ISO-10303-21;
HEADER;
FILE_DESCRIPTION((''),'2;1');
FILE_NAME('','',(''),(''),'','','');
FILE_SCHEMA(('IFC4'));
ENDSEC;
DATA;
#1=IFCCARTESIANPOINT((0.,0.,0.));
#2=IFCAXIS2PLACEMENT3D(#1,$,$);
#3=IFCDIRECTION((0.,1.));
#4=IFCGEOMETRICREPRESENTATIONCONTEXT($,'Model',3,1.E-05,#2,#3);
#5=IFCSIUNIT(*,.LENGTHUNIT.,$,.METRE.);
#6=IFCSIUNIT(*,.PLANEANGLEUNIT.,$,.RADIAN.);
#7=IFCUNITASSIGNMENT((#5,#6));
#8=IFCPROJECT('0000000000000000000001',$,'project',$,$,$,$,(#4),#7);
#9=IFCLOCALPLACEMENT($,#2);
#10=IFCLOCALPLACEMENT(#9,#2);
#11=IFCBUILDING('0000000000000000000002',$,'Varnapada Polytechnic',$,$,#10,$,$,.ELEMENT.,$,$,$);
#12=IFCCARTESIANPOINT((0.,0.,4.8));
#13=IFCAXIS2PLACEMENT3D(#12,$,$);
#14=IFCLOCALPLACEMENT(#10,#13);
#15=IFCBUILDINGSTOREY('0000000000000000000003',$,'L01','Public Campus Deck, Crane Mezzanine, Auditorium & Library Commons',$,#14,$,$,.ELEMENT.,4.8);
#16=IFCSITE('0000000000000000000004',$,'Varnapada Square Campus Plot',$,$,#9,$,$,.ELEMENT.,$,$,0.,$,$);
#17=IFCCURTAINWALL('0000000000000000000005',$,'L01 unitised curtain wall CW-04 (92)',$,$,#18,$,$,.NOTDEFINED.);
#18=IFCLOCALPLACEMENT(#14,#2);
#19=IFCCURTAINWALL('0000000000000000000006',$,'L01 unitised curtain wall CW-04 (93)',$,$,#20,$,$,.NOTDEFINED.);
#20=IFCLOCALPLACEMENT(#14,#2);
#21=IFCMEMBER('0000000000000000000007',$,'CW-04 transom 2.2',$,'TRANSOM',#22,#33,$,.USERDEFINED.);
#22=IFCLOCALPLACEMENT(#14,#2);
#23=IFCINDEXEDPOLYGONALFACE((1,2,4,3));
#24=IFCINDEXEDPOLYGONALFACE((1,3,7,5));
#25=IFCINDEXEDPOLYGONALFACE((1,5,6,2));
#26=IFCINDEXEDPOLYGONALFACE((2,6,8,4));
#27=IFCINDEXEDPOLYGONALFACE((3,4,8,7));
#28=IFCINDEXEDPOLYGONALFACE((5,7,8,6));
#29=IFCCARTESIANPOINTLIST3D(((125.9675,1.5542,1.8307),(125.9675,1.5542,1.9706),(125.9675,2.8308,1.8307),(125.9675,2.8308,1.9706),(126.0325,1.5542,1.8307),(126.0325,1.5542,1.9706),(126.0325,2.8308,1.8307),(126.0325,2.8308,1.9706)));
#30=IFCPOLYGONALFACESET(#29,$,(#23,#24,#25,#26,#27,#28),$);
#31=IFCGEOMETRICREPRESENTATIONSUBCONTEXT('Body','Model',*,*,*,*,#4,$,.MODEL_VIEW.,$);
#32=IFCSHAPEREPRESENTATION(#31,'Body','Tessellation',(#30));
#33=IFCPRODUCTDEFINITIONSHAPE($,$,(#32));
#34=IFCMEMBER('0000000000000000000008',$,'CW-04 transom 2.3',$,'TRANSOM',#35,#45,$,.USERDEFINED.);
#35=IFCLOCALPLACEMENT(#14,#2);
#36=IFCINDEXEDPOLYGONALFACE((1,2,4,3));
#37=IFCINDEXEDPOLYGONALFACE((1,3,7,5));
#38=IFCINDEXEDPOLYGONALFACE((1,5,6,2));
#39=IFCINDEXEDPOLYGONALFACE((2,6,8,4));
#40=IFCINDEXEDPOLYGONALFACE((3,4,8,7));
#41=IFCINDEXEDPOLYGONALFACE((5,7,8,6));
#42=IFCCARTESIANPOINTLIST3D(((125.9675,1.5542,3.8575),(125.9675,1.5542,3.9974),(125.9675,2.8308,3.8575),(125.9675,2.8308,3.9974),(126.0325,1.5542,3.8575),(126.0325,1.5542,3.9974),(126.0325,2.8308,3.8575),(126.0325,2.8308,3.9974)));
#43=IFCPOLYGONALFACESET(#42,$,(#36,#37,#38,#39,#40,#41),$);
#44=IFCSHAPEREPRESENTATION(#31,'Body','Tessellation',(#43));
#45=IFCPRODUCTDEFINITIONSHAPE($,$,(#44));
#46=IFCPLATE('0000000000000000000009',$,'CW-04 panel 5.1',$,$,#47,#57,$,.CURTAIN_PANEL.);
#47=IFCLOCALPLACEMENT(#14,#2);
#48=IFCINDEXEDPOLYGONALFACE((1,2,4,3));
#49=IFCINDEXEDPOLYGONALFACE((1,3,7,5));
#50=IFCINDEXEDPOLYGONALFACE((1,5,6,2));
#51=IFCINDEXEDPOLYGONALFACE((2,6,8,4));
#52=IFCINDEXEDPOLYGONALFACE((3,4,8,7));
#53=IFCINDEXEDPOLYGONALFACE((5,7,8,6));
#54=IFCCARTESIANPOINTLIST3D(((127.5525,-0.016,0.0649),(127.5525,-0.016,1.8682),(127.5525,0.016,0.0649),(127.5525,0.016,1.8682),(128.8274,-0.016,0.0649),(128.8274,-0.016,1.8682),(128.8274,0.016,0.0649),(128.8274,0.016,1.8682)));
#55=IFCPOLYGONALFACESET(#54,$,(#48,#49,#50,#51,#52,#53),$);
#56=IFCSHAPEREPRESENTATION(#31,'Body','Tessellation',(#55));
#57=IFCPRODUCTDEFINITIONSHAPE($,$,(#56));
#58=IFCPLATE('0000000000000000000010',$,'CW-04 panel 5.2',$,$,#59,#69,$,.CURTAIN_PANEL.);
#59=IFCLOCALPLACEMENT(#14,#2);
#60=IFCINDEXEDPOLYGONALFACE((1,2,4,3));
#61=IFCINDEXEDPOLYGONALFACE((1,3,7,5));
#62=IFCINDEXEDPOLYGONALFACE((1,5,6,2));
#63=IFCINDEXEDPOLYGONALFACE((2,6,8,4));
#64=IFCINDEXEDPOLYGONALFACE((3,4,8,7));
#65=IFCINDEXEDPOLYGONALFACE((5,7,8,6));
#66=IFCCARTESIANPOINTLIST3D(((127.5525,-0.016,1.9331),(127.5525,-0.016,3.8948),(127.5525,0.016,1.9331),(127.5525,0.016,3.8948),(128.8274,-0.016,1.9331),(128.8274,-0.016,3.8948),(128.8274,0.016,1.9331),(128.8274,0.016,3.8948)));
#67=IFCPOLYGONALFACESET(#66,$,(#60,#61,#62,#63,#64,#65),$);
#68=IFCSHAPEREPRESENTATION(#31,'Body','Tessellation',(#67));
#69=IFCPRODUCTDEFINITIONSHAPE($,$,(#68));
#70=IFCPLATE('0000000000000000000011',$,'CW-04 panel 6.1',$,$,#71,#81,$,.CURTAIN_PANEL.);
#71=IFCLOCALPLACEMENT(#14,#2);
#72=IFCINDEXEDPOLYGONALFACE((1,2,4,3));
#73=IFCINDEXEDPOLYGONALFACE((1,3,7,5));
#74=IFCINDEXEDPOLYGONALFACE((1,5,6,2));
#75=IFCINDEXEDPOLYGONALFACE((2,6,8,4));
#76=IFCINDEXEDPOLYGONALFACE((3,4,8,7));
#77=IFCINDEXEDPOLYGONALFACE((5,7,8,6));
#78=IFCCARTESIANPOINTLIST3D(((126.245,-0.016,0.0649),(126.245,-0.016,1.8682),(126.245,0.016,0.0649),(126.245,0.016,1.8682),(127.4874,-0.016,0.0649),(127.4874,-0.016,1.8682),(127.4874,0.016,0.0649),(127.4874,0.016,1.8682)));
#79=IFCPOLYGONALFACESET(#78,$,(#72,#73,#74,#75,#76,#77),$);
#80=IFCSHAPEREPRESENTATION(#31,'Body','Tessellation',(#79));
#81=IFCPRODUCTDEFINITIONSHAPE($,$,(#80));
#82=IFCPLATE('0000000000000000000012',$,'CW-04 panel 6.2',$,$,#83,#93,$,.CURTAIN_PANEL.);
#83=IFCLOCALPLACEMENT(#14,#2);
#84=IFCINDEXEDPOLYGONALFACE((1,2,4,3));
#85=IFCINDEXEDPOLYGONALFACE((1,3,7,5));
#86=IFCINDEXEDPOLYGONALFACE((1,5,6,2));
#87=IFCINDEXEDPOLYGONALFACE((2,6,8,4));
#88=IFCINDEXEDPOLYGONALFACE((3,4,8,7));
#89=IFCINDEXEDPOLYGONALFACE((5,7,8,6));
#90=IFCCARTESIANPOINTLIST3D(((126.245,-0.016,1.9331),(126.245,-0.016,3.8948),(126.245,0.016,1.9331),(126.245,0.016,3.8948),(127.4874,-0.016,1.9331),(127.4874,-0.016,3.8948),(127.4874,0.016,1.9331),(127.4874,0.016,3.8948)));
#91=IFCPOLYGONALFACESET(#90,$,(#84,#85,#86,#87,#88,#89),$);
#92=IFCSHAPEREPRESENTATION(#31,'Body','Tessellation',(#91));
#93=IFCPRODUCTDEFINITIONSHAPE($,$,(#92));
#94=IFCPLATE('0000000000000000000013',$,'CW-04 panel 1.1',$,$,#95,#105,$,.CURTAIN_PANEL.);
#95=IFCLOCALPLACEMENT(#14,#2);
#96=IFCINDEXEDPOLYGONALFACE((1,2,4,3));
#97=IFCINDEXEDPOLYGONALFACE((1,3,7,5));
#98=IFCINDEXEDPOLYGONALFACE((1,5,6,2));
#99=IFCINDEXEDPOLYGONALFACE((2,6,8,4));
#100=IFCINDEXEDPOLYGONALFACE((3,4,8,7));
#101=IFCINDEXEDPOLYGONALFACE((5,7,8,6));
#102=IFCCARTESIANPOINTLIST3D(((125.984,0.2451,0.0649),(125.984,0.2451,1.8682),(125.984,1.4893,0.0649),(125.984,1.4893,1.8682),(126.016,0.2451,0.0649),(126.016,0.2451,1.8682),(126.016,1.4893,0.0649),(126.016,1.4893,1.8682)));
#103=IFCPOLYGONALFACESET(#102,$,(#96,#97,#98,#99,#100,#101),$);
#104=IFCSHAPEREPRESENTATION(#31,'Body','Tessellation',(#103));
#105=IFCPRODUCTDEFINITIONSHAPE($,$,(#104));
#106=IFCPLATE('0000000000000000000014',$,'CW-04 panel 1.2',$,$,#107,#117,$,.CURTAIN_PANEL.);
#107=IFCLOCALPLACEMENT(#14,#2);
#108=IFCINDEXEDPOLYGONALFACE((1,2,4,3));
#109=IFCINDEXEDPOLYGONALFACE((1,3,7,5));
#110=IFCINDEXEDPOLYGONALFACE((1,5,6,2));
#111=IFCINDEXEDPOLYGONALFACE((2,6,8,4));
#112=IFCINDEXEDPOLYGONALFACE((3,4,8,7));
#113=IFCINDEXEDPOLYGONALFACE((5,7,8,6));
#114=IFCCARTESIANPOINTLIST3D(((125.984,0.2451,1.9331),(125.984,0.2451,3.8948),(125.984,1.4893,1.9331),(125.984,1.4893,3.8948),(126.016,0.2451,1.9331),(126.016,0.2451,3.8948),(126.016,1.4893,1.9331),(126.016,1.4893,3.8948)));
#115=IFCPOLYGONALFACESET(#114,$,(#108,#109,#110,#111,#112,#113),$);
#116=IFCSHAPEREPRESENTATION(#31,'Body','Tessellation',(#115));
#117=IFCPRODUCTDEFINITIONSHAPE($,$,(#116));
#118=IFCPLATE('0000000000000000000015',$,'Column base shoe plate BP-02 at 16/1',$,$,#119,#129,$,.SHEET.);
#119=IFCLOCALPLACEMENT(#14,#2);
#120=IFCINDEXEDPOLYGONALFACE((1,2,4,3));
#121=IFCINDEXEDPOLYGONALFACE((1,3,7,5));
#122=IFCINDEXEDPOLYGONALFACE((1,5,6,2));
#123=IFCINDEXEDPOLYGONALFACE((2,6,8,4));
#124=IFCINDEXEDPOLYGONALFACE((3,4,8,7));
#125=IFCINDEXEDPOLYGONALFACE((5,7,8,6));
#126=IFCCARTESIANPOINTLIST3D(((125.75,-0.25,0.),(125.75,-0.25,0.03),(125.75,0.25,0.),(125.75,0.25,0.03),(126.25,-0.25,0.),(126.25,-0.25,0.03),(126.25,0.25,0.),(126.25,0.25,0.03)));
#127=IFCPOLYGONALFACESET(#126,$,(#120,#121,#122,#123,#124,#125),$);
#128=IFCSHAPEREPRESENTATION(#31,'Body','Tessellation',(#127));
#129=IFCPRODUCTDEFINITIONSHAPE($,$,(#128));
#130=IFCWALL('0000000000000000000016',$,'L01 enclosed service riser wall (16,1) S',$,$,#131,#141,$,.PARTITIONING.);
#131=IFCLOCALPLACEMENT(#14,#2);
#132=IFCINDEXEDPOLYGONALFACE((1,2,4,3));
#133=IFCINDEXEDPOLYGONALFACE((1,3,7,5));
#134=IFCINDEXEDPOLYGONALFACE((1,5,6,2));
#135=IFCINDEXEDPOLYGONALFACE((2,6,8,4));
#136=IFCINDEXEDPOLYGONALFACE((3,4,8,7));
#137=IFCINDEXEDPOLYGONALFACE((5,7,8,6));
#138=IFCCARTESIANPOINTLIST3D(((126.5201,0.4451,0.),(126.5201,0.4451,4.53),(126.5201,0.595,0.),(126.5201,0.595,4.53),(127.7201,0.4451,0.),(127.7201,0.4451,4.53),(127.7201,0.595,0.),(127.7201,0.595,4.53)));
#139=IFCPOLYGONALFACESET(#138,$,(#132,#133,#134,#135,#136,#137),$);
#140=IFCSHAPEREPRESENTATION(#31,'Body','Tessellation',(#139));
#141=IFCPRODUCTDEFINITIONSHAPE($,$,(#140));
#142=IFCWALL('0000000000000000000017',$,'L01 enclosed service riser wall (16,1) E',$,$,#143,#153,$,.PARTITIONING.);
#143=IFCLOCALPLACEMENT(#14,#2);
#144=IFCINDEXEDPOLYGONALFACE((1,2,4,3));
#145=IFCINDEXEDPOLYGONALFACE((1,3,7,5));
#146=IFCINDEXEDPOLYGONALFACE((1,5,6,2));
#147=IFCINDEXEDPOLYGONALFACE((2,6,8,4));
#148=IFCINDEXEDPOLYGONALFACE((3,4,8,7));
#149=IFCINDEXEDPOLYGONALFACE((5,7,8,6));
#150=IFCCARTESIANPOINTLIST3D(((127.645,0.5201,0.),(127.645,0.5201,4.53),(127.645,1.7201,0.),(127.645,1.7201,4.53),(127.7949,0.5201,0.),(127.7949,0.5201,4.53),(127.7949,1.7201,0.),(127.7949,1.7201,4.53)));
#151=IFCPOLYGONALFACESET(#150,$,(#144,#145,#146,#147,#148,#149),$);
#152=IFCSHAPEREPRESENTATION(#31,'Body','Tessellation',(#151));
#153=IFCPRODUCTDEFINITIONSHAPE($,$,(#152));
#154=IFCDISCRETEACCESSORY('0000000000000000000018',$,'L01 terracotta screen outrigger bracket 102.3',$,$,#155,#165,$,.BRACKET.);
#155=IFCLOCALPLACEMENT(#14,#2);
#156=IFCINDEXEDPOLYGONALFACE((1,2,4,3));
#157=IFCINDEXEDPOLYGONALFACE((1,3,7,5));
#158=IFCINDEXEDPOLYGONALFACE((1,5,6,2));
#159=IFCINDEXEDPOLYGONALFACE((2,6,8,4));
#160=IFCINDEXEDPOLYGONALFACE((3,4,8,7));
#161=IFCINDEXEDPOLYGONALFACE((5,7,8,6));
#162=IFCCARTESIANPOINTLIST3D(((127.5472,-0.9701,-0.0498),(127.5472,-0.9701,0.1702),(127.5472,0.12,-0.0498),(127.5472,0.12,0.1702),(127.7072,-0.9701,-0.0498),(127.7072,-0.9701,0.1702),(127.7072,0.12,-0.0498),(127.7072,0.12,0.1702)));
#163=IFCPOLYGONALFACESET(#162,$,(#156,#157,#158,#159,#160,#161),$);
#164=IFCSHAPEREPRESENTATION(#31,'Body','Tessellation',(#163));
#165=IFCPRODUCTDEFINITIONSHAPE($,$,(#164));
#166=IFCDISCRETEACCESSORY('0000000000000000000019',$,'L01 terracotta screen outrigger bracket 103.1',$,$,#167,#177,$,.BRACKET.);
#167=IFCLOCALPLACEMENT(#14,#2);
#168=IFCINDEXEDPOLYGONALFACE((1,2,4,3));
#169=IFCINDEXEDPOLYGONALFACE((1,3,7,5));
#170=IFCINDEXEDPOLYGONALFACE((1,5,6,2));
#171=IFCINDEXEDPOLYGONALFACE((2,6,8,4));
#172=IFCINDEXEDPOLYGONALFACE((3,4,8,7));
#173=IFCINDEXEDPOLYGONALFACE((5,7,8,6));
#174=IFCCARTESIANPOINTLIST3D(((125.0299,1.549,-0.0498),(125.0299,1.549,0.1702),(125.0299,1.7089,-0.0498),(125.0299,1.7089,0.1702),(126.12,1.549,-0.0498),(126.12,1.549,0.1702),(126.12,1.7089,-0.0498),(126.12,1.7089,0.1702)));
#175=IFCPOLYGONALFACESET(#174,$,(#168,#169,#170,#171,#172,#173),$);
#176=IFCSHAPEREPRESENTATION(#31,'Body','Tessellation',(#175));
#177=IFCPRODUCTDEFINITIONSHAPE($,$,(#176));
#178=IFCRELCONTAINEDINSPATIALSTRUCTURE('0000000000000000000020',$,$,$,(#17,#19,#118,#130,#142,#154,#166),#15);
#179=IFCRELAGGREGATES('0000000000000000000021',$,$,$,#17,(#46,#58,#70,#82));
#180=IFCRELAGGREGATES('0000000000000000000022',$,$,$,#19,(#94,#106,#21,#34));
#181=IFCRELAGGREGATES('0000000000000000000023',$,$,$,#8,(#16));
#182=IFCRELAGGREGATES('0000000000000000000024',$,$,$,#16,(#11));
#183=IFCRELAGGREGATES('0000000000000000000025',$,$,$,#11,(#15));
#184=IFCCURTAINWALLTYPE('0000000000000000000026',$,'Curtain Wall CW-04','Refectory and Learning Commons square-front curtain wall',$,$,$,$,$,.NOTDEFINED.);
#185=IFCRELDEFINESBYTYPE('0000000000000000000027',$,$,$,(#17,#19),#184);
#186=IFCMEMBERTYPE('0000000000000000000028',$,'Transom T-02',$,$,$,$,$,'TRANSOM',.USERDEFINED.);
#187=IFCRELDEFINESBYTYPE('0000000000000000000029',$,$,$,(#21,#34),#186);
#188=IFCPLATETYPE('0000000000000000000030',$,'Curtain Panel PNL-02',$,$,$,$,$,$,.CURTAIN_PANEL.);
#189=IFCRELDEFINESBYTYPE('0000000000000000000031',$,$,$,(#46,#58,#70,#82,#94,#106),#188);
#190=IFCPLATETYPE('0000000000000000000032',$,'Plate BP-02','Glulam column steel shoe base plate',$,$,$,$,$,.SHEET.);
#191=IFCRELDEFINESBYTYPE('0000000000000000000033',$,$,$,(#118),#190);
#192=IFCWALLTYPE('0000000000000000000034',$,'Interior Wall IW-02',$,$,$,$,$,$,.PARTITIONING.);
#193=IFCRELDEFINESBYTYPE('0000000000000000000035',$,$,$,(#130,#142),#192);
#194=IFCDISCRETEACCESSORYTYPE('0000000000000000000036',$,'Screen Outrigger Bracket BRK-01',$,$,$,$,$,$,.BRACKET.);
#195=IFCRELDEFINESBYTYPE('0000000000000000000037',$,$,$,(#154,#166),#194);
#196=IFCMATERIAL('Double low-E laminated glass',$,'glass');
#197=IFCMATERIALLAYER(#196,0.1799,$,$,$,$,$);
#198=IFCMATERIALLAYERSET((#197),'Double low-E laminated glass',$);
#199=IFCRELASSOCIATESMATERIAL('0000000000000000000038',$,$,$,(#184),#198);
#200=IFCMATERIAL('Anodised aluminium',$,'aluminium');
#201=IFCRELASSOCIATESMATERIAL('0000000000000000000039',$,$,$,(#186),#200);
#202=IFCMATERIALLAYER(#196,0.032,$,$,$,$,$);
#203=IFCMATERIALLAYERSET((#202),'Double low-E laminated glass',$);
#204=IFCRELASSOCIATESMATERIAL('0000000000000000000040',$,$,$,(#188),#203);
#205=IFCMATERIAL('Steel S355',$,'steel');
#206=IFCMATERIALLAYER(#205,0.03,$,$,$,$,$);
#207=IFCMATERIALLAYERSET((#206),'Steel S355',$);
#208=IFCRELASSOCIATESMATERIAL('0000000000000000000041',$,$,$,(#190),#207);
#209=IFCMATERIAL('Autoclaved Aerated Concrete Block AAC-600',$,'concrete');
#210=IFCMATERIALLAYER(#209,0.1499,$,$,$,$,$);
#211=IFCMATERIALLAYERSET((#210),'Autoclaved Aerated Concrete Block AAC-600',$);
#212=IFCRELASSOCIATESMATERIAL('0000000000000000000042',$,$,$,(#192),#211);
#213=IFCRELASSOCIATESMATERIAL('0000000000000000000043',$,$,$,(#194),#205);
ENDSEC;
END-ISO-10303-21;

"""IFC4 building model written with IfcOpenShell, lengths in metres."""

from ifc_helpers import new_model, si_unit, direction, frame, frame_2d, origin, origin_2d, place, context, subcontext, project, spatial, rectangle, extrude, material, layer, layer_set, material_profile, profile_set, type_object, element, aggregate, save


model = new_model("IFC4")

# Units and contexts
model_context = context("Model", 3, precision=1e-05, world=origin(), true_north=direction((0.0, 1.0)))
body_context = subcontext(model_context, "Body", "Model", "MODEL_VIEW")
ifc_project = project(units=[si_unit("LENGTHUNIT", "METRE"), si_unit("PLANEANGLEUNIT", "RADIAN")], contexts=[model_context])

# Site, building, storey
site_placement = place(None, origin())
site = spatial("IfcSite", under=ifc_project, at=site_placement, Name="Varnapada Square Campus Plot", CompositionType="ELEMENT", RefElevation=0.0)
building_placement = place(site_placement, origin())
building = spatial("IfcBuilding", under=site, at=building_placement, Name="Varnapada Polytechnic", CompositionType="ELEMENT")
storey_placement = place(building_placement, frame((0.0, 0.0, 4.8)))
storey = spatial("IfcBuildingStorey", under=building, at=storey_placement, Name="L01", Description="Public Campus Deck, Crane Mezzanine, Auditorium & Library Commons", CompositionType="ELEMENT", Elevation=4.8)

# Curtain walls
ifc_material_1 = material(Name="Double low-E laminated glass", Category="glass")
ifc_layer_1 = layer(ifc_material_1, 0.1799)
ifc_layer_set_1 = layer_set([ifc_layer_1], Name="Double low-E laminated glass")
curtain_wall_type = type_object("IfcCurtainWallType", Name="Curtain Wall CW-04", Description="Refectory and Learning Commons square-front curtain wall", PredefinedType="NOTDEFINED", material=ifc_layer_set_1)
curtain_wall_1_placement = place(storey_placement, origin())
curtain_wall_1 = element("IfcCurtainWall", 1, at=curtain_wall_1_placement, inside=storey, type_object=curtain_wall_type, Name="L01 unitised curtain wall CW-04 (92)", PredefinedType="NOTDEFINED")
ifc_material_2 = material(Name="Anodised aluminium", Category="aluminium")
curtain_wall_2_placement = place(storey_placement, origin())
curtain_wall_2 = element("IfcCurtainWall", 2, at=curtain_wall_2_placement, inside=storey, type_object=curtain_wall_type, Name="L01 unitised curtain wall CW-04 (93)", PredefinedType="NOTDEFINED")

# Members
ifc_material_profile_1 = material_profile(ifc_material_2, rectangle(XDim=0.0649, YDim=0.1399, at=origin_2d()), Name="ALU T65x140")
ifc_profile_set_1 = profile_set([ifc_material_profile_1], Name="Anodised aluminium")
member_type_1 = type_object("IfcMemberType", Name="Transom T-02", ElementType="TRANSOM", PredefinedType="USERDEFINED", material=ifc_profile_set_1)
member_1_placement = place(storey_placement, frame((126.0, 1.5542, 1.9006), z_axis=(0.0, 1.0, 0.0), x_axis=(-1.0, 0.0, 0.0)))
member_1 = element("IfcMember", 3, at=member_1_placement, type_object=member_type_1, Name="CW-04 transom 2.2", ObjectType="TRANSOM", PredefinedType="USERDEFINED", context=body_context, shape_type="SweptSolid", body=[
    extrude(rectangle(XDim=0.0649, YDim=0.1399, at=origin_2d()), origin(), (0.0, 0.0, 1.0), 1.2766),
])
member_2_placement = place(storey_placement, frame((126.0, 1.5542, 3.9275), z_axis=(0.0, 1.0, 0.0), x_axis=(-1.0, 0.0, 0.0)))
member_2 = element("IfcMember", 4, at=member_2_placement, type_object=member_type_1, Name="CW-04 transom 2.3", ObjectType="TRANSOM", PredefinedType="USERDEFINED", context=body_context, shape_type="SweptSolid", body=[
    extrude(rectangle(XDim=0.0649, YDim=0.1399, at=origin_2d()), origin(), (0.0, 0.0, 1.0), 1.2766),
])

# Plates
ifc_layer_2 = layer(ifc_material_1, 0.032)
ifc_layer_set_2 = layer_set([ifc_layer_2], Name="Double low-E laminated glass")
plate_type_1 = type_object("IfcPlateType", Name="Curtain Panel PNL-02", PredefinedType="CURTAIN_PANEL", material=ifc_layer_set_2)
plate_1_placement = place(storey_placement, frame((128.1899, 0.0, 0.0649), z_axis=(0.0, 0.0, 1.0), x_axis=(-1.0, 0.0, 0.0)))
plate_1 = element("IfcPlate", 5, at=plate_1_placement, type_object=plate_type_1, Name="CW-04 panel 5.1", PredefinedType="CURTAIN_PANEL", context=body_context, shape_type="SweptSolid", body=[
    extrude(rectangle(XDim=1.2749, YDim=0.032, at=origin_2d()), origin(), (0.0, 0.0, 1.0), 1.8032),
])
plate_2_placement = place(storey_placement, frame((128.1899, 0.0, 1.9331), z_axis=(0.0, 0.0, 1.0), x_axis=(-1.0, 0.0, 0.0)))
plate_2 = element("IfcPlate", 6, at=plate_2_placement, type_object=plate_type_1, Name="CW-04 panel 5.2", PredefinedType="CURTAIN_PANEL", context=body_context, shape_type="SweptSolid", body=[
    extrude(rectangle(XDim=1.2749, YDim=0.032, at=origin_2d()), origin(), (0.0, 0.0, 1.0), 1.9617),
])
plate_3_placement = place(storey_placement, frame((126.8662, 0.0, 0.0649), z_axis=(0.0, 0.0, 1.0), x_axis=(-1.0, 0.0, 0.0)))
plate_3 = element("IfcPlate", 7, at=plate_3_placement, type_object=plate_type_1, Name="CW-04 panel 6.1", PredefinedType="CURTAIN_PANEL", context=body_context, shape_type="SweptSolid", body=[
    extrude(rectangle(XDim=1.2424, YDim=0.032, at=origin_2d()), origin(), (0.0, 0.0, 1.0), 1.8032),
])
plate_4_placement = place(storey_placement, frame((126.8662, 0.0, 1.9331), z_axis=(0.0, 0.0, 1.0), x_axis=(-1.0, 0.0, 0.0)))
plate_4 = element("IfcPlate", 8, at=plate_4_placement, type_object=plate_type_1, Name="CW-04 panel 6.2", PredefinedType="CURTAIN_PANEL", context=body_context, shape_type="SweptSolid", body=[
    extrude(rectangle(XDim=1.2424, YDim=0.032, at=origin_2d()), origin(), (0.0, 0.0, 1.0), 1.9617),
])
aggregate(curtain_wall_1, [plate_1, plate_2, plate_3, plate_4])
plate_5_placement = place(storey_placement, frame((126.0, 0.8672, 0.0649), z_axis=(0.0, 0.0, 1.0), x_axis=(0.0, 1.0, 0.0)))
plate_5 = element("IfcPlate", 9, at=plate_5_placement, type_object=plate_type_1, Name="CW-04 panel 1.1", PredefinedType="CURTAIN_PANEL", context=body_context, shape_type="SweptSolid", body=[
    extrude(rectangle(XDim=1.2441, YDim=0.032, at=origin_2d()), origin(), (0.0, 0.0, 1.0), 1.8032),
])
plate_6_placement = place(storey_placement, frame((126.0, 0.8672, 1.9331), z_axis=(0.0, 0.0, 1.0), x_axis=(0.0, 1.0, 0.0)))
plate_6 = element("IfcPlate", 10, at=plate_6_placement, type_object=plate_type_1, Name="CW-04 panel 1.2", PredefinedType="CURTAIN_PANEL", context=body_context, shape_type="SweptSolid", body=[
    extrude(rectangle(XDim=1.2441, YDim=0.032, at=origin_2d()), origin(), (0.0, 0.0, 1.0), 1.9617),
])
aggregate(curtain_wall_2, [plate_5, plate_6, member_1, member_2])
ifc_material_3 = material(Name="Steel S355", Category="steel")
ifc_layer_3 = layer(ifc_material_3, 0.03)
ifc_layer_set_3 = layer_set([ifc_layer_3], Name="Steel S355")
plate_type_2 = type_object("IfcPlateType", Name="Plate BP-02", Description="Glulam column steel shoe base plate", PredefinedType="SHEET", material=ifc_layer_set_3)
plate_7_placement = place(storey_placement, frame((126.0, 0.0, 0.0), z_axis=(0.0, 0.0, 1.0), x_axis=(1.0, 0.0, 0.0)))
element("IfcPlate", 11, at=plate_7_placement, inside=storey, type_object=plate_type_2, Name="Column base shoe plate BP-02 at 16/1", PredefinedType="SHEET", context=body_context, shape_type="SweptSolid", body=[
    extrude(rectangle(XDim=0.5, YDim=0.5, at=origin_2d()), origin(), (0.0, 0.0, 1.0), 0.03),
])

# Walls
ifc_material_4 = material(Name="Autoclaved Aerated Concrete Block AAC-600", Category="concrete")
ifc_layer_4 = layer(ifc_material_4, 0.1499)
ifc_layer_set_4 = layer_set([ifc_layer_4], Name="Autoclaved Aerated Concrete Block AAC-600")
wall_type = type_object("IfcWallType", Name="Interior Wall IW-02", PredefinedType="PARTITIONING", material=ifc_layer_set_4)
for number, where, z_axis, x_axis, name in (
    (12, (126.52, 0.52, 0.0), (0.0, 0.0, 1.0), (1.0, 0.0, 0.0), "L01 enclosed service riser wall (16,1) S"),
    (13, (127.72, 0.52, 0.0), (0.0, 0.0, 1.0), (0.0, 1.0, 0.0), "L01 enclosed service riser wall (16,1) E"),
):
    element("IfcWall", number, at=place(storey_placement, frame(where, z_axis=z_axis, x_axis=x_axis)), inside=storey, type_object=wall_type, Name=name, PredefinedType="PARTITIONING", context=body_context, shape_type="SweptSolid", body=[
        extrude(rectangle(XDim=1.2, YDim=0.1499, at=frame_2d((0.6001, 0.0))), origin(), (0.0, 0.0, 1.0), 4.53),
    ])

# Discrete accessories
discrete_accessory_type = type_object("IfcDiscreteAccessoryType", Name="Screen Outrigger Bracket BRK-01", PredefinedType="BRACKET", material=ifc_material_3)
for number, where, z_axis, x_axis, name in (
    (14, (127.6272, -0.425, -0.0498), (0.0, 0.0, 1.0), (-1.0, 0.0, 0.0), "L01 terracotta screen outrigger bracket 102.3"),
    (15, (125.575, 1.6289, -0.0498), (0.0, 0.0, 1.0), (0.0, 1.0, 0.0), "L01 terracotta screen outrigger bracket 103.1"),
):
    element("IfcDiscreteAccessory", number, at=place(storey_placement, frame(where, z_axis=z_axis, x_axis=x_axis)), inside=storey, type_object=discrete_accessory_type, Name=name, PredefinedType="BRACKET", context=body_context, shape_type="SweptSolid", body=[
        extrude(rectangle(XDim=0.1599, YDim=1.0901, at=origin_2d()), origin(), (0.0, 0.0, 1.0), 0.22),
    ])

save(model, "model.ifc")
